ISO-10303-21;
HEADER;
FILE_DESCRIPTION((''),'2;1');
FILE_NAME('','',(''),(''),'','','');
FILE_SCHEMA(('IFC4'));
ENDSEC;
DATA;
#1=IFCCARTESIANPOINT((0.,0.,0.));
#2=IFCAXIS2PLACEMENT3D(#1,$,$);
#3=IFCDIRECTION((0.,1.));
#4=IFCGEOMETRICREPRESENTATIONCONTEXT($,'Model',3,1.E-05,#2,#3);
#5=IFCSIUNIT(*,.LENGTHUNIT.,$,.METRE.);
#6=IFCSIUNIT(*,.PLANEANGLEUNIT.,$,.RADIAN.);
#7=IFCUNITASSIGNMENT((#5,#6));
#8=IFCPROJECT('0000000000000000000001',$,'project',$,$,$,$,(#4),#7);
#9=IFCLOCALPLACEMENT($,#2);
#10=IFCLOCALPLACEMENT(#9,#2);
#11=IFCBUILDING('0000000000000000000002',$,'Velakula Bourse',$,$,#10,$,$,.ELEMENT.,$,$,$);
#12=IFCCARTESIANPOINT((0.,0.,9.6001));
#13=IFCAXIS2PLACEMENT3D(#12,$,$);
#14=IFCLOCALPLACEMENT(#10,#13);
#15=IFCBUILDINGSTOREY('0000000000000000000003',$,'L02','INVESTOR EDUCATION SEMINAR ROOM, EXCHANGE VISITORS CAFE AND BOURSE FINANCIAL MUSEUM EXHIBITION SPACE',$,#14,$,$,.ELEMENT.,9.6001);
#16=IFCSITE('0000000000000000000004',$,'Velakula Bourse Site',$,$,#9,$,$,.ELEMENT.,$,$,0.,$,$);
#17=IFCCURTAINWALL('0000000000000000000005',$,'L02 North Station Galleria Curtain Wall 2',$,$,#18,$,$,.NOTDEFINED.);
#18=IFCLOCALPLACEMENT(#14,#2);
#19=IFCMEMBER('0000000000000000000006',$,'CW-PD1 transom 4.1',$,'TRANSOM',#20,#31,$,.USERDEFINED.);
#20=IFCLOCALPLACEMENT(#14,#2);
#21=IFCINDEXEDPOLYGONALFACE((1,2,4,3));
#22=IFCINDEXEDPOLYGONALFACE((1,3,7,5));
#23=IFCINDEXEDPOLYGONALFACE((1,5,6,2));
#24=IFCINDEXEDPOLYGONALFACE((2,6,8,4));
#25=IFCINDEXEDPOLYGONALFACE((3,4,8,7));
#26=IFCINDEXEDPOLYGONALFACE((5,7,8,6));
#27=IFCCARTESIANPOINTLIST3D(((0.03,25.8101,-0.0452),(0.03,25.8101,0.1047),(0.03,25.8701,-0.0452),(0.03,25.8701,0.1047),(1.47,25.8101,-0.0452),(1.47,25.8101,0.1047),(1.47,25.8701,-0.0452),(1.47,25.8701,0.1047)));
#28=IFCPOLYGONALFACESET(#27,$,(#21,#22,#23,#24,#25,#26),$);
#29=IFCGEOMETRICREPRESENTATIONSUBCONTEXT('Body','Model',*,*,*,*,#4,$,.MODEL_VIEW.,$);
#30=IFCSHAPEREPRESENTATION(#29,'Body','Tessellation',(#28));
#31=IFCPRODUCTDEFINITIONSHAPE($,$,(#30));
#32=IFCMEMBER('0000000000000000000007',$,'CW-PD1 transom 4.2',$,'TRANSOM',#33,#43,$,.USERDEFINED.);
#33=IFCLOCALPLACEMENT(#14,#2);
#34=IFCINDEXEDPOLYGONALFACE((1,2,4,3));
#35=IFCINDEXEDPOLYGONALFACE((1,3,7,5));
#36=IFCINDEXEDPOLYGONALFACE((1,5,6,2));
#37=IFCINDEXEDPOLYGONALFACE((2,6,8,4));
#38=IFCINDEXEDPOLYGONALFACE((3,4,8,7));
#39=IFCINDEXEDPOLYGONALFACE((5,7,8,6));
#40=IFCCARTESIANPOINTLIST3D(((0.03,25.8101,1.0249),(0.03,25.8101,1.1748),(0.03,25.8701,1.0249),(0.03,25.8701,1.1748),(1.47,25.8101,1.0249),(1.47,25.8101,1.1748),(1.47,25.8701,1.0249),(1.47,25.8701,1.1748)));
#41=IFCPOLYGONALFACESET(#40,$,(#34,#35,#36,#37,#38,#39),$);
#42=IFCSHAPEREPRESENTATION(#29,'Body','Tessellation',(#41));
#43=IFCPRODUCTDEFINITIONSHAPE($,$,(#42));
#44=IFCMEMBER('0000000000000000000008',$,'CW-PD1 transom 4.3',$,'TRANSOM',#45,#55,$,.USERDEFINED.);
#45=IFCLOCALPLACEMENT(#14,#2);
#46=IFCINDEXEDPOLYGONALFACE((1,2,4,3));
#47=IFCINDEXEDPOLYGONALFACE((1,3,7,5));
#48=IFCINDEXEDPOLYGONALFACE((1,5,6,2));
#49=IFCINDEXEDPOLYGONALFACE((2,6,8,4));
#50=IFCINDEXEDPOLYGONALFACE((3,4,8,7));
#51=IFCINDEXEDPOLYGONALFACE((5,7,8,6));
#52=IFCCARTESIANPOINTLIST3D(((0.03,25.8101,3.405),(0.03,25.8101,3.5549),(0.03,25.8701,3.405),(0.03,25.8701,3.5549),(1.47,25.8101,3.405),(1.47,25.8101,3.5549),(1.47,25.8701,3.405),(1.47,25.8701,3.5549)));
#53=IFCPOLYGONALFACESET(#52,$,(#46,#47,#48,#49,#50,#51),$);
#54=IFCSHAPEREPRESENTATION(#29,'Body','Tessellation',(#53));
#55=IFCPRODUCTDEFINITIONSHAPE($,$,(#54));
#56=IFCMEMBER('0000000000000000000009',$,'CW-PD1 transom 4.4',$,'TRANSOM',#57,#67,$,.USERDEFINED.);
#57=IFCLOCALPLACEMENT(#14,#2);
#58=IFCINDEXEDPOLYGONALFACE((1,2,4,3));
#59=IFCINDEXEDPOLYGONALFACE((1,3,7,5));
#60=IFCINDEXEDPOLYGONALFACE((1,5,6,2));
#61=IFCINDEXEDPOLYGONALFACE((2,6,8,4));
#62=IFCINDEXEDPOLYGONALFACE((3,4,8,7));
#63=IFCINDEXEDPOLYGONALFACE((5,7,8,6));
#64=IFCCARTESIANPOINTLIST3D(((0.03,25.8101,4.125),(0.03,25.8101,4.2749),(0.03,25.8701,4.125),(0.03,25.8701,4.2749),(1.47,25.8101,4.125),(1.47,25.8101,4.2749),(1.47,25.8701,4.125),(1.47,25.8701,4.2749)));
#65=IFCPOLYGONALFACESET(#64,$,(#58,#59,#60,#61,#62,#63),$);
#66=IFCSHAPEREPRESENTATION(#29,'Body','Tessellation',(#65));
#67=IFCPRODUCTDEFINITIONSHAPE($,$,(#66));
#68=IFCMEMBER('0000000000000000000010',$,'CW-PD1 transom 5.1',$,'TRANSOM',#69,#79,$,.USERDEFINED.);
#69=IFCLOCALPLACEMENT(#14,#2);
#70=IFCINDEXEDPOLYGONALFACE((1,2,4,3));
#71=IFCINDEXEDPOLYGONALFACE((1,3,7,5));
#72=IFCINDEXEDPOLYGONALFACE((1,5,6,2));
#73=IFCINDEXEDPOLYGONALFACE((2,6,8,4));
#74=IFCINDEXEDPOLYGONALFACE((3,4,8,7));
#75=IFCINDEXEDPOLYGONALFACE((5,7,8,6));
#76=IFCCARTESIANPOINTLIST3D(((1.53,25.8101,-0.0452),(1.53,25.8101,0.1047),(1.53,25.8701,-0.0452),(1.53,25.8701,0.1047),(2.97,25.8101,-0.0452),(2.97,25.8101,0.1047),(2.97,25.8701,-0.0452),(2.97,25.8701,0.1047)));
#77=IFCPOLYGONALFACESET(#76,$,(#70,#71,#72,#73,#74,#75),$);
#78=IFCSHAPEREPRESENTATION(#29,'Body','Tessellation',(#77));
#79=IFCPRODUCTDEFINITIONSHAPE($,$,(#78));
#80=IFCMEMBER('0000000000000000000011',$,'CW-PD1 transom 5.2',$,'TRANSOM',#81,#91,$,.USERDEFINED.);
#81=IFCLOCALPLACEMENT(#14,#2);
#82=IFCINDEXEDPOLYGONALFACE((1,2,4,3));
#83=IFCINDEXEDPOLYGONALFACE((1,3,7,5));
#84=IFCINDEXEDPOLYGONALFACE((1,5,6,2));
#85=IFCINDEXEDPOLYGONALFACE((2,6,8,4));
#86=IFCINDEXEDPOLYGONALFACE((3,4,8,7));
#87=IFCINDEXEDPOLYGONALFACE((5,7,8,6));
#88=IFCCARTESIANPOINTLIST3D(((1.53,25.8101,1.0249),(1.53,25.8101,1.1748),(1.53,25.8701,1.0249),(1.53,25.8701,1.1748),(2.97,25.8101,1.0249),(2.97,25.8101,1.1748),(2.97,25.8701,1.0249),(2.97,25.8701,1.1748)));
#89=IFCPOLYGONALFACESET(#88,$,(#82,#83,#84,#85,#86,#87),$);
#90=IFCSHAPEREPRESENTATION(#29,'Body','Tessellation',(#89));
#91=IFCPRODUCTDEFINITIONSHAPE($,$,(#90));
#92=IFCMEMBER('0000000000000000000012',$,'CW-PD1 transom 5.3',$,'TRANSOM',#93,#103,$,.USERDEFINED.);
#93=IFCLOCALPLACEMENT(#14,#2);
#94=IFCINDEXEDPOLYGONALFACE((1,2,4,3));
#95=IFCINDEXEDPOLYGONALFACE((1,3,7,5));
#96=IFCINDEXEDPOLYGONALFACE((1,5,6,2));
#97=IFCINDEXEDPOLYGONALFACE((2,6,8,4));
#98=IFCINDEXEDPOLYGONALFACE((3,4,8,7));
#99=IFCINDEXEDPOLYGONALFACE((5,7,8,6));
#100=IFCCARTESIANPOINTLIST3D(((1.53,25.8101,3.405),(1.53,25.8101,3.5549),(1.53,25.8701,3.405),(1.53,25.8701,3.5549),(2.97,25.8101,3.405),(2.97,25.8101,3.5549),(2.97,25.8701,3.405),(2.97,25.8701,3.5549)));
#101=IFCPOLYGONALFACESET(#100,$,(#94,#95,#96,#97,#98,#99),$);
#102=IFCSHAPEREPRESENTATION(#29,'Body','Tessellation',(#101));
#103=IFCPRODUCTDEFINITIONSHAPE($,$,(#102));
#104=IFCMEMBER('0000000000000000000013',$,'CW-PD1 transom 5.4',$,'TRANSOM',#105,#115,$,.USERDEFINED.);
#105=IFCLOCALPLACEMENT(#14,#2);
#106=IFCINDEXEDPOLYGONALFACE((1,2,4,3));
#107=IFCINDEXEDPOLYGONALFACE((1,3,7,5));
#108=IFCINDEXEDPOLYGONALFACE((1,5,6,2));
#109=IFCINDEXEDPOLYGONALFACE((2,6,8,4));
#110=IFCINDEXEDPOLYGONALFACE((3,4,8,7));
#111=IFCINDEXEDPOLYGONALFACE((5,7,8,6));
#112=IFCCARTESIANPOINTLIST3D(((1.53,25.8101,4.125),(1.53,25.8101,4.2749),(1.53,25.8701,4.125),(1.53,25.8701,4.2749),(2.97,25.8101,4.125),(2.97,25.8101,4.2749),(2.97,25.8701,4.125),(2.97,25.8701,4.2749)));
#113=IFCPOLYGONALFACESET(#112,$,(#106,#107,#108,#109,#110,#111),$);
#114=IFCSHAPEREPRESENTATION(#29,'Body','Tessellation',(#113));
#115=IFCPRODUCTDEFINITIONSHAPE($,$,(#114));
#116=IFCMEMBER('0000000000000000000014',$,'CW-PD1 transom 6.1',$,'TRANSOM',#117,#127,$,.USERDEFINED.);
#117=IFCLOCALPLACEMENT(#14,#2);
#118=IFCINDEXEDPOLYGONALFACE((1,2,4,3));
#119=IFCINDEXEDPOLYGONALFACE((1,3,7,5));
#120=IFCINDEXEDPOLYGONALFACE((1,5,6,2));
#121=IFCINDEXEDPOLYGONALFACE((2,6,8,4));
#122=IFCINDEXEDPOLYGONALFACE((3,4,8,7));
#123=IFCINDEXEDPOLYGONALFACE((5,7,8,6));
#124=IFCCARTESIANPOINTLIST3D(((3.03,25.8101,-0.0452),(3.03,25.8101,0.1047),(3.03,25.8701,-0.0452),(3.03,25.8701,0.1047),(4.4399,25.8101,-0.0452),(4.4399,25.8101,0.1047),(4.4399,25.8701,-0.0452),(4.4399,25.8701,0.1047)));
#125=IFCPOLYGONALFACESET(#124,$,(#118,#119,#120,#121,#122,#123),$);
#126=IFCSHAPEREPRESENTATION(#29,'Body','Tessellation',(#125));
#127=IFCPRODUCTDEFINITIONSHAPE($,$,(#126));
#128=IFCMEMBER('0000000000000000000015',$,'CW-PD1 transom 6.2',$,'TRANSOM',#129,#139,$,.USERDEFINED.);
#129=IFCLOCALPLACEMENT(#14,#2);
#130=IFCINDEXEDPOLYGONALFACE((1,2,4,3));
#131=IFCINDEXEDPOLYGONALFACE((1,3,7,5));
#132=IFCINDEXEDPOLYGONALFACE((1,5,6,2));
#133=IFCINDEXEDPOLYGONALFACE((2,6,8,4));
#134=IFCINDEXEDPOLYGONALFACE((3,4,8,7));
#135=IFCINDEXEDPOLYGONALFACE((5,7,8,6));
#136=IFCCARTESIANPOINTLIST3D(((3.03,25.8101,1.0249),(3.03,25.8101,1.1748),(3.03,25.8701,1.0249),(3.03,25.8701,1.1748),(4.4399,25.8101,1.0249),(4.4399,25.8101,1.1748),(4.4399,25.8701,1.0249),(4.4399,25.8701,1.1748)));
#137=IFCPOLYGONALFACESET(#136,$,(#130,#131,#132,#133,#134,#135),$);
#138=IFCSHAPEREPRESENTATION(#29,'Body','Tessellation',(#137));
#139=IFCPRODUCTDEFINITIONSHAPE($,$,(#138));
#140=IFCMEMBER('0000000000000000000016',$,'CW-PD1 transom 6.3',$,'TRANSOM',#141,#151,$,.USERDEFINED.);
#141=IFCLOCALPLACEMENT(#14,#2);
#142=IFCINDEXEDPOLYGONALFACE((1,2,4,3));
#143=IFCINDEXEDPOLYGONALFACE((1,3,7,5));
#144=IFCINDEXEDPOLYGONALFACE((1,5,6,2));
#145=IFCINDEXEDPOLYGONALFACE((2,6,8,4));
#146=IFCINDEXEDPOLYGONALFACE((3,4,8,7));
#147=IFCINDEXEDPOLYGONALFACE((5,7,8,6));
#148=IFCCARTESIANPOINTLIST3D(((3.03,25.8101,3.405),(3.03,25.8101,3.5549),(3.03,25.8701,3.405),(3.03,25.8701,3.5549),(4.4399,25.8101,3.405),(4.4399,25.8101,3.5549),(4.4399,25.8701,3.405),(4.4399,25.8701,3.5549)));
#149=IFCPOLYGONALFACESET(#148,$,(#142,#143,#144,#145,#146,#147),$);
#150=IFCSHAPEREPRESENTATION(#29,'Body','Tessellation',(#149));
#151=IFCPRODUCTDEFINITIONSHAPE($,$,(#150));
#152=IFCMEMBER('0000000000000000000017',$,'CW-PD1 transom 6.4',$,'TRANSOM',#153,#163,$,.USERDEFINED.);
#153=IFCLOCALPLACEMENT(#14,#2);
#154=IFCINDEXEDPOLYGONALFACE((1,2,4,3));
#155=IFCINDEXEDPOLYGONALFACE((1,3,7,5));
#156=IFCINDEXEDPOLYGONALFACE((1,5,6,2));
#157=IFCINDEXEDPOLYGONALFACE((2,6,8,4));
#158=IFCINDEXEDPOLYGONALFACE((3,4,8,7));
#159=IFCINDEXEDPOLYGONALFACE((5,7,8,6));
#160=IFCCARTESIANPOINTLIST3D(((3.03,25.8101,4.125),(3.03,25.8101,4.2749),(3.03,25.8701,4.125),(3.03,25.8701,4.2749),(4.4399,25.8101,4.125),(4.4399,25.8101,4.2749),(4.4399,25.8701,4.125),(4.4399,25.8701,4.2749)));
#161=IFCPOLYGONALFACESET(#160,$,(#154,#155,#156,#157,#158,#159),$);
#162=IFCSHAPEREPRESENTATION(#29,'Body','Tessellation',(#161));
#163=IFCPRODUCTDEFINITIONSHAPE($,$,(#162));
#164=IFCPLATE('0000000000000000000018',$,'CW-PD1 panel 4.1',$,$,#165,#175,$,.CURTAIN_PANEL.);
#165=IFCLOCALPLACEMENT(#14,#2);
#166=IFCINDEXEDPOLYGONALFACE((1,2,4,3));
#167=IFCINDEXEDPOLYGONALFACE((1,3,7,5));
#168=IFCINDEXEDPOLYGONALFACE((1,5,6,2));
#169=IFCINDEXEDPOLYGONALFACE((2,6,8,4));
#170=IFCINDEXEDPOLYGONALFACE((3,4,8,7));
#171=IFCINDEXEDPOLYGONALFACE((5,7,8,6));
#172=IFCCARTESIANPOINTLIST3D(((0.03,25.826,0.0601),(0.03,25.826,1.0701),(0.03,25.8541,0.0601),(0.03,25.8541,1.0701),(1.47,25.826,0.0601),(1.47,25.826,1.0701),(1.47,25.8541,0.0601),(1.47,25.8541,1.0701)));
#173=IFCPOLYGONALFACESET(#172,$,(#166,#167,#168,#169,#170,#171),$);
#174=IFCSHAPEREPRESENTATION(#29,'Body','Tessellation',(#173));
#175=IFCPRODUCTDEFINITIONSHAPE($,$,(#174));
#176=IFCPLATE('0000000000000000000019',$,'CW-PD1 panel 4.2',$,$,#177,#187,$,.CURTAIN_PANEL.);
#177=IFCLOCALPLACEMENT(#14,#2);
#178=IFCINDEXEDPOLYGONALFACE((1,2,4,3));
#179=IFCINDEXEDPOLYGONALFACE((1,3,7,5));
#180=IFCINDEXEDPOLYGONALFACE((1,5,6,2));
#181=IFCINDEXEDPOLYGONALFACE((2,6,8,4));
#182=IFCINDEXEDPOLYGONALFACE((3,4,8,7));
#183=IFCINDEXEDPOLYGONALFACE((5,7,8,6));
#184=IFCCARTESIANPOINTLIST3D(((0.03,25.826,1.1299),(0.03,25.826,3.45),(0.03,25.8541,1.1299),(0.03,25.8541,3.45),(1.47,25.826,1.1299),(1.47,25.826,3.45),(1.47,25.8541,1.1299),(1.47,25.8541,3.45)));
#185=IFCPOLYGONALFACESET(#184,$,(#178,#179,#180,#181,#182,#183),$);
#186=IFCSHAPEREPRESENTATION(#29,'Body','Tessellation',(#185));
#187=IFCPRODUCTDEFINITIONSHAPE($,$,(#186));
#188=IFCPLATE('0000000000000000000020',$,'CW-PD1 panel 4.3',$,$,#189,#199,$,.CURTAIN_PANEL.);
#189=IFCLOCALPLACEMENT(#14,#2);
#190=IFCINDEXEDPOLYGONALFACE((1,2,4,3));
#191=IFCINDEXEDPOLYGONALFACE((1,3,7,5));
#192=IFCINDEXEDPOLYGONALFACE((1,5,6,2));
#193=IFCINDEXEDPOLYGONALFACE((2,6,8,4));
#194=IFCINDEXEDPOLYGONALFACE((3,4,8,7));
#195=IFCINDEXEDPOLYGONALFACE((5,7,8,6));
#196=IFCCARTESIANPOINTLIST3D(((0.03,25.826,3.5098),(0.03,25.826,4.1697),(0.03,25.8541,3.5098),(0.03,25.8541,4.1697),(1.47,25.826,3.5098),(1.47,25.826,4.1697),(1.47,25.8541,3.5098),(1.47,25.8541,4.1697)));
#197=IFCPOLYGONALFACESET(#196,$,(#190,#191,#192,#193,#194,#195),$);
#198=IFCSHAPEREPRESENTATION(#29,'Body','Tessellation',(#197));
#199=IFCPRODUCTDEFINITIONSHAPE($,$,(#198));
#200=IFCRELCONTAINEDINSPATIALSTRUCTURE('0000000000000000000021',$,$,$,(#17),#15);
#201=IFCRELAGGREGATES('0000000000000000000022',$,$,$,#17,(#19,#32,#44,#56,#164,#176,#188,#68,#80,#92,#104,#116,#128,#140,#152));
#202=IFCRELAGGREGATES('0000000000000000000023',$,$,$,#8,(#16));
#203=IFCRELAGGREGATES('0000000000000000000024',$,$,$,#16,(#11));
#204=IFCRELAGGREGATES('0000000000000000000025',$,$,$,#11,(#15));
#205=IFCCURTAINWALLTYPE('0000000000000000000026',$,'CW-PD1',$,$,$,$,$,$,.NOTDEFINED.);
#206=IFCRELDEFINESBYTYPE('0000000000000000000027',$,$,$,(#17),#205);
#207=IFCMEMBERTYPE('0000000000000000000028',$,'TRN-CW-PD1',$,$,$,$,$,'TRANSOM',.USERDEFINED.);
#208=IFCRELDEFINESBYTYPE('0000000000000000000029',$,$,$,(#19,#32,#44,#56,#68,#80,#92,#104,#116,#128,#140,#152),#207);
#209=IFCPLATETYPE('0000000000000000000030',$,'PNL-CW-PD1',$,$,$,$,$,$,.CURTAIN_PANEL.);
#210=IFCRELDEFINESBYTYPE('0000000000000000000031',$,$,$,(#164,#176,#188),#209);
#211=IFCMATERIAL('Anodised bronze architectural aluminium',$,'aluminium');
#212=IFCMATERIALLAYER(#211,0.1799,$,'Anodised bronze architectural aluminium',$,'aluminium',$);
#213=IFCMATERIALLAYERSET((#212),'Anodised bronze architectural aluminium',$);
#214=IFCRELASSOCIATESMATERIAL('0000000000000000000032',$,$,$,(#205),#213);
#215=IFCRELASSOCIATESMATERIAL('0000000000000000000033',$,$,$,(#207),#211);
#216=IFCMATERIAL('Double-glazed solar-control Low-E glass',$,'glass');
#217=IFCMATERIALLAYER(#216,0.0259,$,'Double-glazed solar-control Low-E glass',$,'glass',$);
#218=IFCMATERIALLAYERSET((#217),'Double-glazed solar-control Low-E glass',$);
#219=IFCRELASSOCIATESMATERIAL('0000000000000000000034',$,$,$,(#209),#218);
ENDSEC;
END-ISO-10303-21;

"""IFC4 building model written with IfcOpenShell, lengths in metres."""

from ifc_helpers import new_model, si_unit, direction, frame, origin, origin_2d, place, context, subcontext, project, spatial, rectangle, extrude, material, layer, layer_set, material_profile, profile_set, type_object, element, aggregate, save


model = new_model("IFC4")

# Units and contexts
model_context = context("Model", 3, precision=1e-05, world=origin(), true_north=direction((0.0, 1.0)))
body_context = subcontext(model_context, "Body", "Model", "MODEL_VIEW")
ifc_project = project(units=[si_unit("LENGTHUNIT", "METRE"), si_unit("PLANEANGLEUNIT", "RADIAN")], contexts=[model_context])

# Site, building, storey
site_placement = place(None, origin())
site = spatial("IfcSite", under=ifc_project, at=site_placement, Name="Velakula Bourse Site", CompositionType="ELEMENT", RefElevation=0.0)
building_placement = place(site_placement, origin())
building = spatial("IfcBuilding", under=site, at=building_placement, Name="Velakula Bourse", CompositionType="ELEMENT")
storey_placement = place(building_placement, frame((0.0, 0.0, 9.6001)))
storey = spatial("IfcBuildingStorey", under=building, at=storey_placement, Name="L02", Description="INVESTOR EDUCATION SEMINAR ROOM, EXCHANGE VISITORS CAFE AND BOURSE FINANCIAL MUSEUM EXHIBITION SPACE", CompositionType="ELEMENT", Elevation=9.6001)

# Curtain wall, members, plates
ifc_material_1 = material(Name="Anodised bronze architectural aluminium", Category="aluminium")
ifc_layer_1 = layer(ifc_material_1, 0.1799, Name="Anodised bronze architectural aluminium", Category="aluminium")
ifc_layer_set_1 = layer_set([ifc_layer_1], Name="Anodised bronze architectural aluminium")
curtain_wall_type = type_object("IfcCurtainWallType", Name="CW-PD1", PredefinedType="NOTDEFINED", material=ifc_layer_set_1)
curtain_wall_placement = place(storey_placement, origin())
curtain_wall = element("IfcCurtainWall", 1, at=curtain_wall_placement, inside=storey, type_object=curtain_wall_type, Name="L02 North Station Galleria Curtain Wall 2", PredefinedType="NOTDEFINED")
ifc_material_profile_1 = material_profile(ifc_material_1, rectangle(XDim=0.0601, YDim=0.1499, at=origin_2d()), Name="Anodised bronze architectural aluminium")
ifc_profile_set_1 = profile_set([ifc_material_profile_1], Name="Anodised bronze architectural aluminium")
member_type_1 = type_object("IfcMemberType", Name="TRN-CW-PD1", ElementType="TRANSOM", PredefinedType="USERDEFINED", material=ifc_profile_set_1)
member_1_placement = place(storey_placement, frame((0.03, 25.8401, 0.0298), z_axis=(1.0, 0.0, 0.0), x_axis=(0.0, 1.0, 0.0)))
member_1 = element("IfcMember", 2, at=member_1_placement, type_object=member_type_1, Name="CW-PD1 transom 4.1", ObjectType="TRANSOM", PredefinedType="USERDEFINED", context=body_context, shape_type="SweptSolid", body=[
    extrude(rectangle(XDim=0.0601, YDim=0.1499, at=origin_2d()), origin(), (0.0, 0.0, 1.0), 1.4399),
])
member_2_placement = place(storey_placement, frame((0.03, 25.8401, 1.0999), z_axis=(1.0, 0.0, 0.0), x_axis=(0.0, 1.0, 0.0)))
member_2 = element("IfcMember", 3, at=member_2_placement, type_object=member_type_1, Name="CW-PD1 transom 4.2", ObjectType="TRANSOM", PredefinedType="USERDEFINED", context=body_context, shape_type="SweptSolid", body=[
    extrude(rectangle(XDim=0.0601, YDim=0.1499, at=origin_2d()), origin(), (0.0, 0.0, 1.0), 1.4399),
])
member_3_placement = place(storey_placement, frame((0.03, 25.8401, 3.48), z_axis=(1.0, 0.0, 0.0), x_axis=(0.0, 1.0, 0.0)))
member_3 = element("IfcMember", 4, at=member_3_placement, type_object=member_type_1, Name="CW-PD1 transom 4.3", ObjectType="TRANSOM", PredefinedType="USERDEFINED", context=body_context, shape_type="SweptSolid", body=[
    extrude(rectangle(XDim=0.0601, YDim=0.1499, at=origin_2d()), origin(), (0.0, 0.0, 1.0), 1.4399),
])
member_4_placement = place(storey_placement, frame((0.03, 25.8401, 4.2), z_axis=(1.0, 0.0, 0.0), x_axis=(0.0, 1.0, 0.0)))
member_4 = element("IfcMember", 5, at=member_4_placement, type_object=member_type_1, Name="CW-PD1 transom 4.4", ObjectType="TRANSOM", PredefinedType="USERDEFINED", context=body_context, shape_type="SweptSolid", body=[
    extrude(rectangle(XDim=0.0601, YDim=0.1499, at=origin_2d()), origin(), (0.0, 0.0, 1.0), 1.4399),
])
member_5_placement = place(storey_placement, frame((1.53, 25.8401, 0.0298), z_axis=(1.0, 0.0, 0.0), x_axis=(0.0, 1.0, 0.0)))
member_5 = element("IfcMember", 6, at=member_5_placement, type_object=member_type_1, Name="CW-PD1 transom 5.1", ObjectType="TRANSOM", PredefinedType="USERDEFINED", context=body_context, shape_type="SweptSolid", body=[
    extrude(rectangle(XDim=0.0601, YDim=0.1499, at=origin_2d()), origin(), (0.0, 0.0, 1.0), 1.4399),
])
member_6_placement = place(storey_placement, frame((1.53, 25.8401, 1.0999), z_axis=(1.0, 0.0, 0.0), x_axis=(0.0, 1.0, 0.0)))
member_6 = element("IfcMember", 7, at=member_6_placement, type_object=member_type_1, Name="CW-PD1 transom 5.2", ObjectType="TRANSOM", PredefinedType="USERDEFINED", context=body_context, shape_type="SweptSolid", body=[
    extrude(rectangle(XDim=0.0601, YDim=0.1499, at=origin_2d()), origin(), (0.0, 0.0, 1.0), 1.4399),
])
member_7_placement = place(storey_placement, frame((1.53, 25.8401, 3.48), z_axis=(1.0, 0.0, 0.0), x_axis=(0.0, 1.0, 0.0)))
member_7 = element("IfcMember", 8, at=member_7_placement, type_object=member_type_1, Name="CW-PD1 transom 5.3", ObjectType="TRANSOM", PredefinedType="USERDEFINED", context=body_context, shape_type="SweptSolid", body=[
    extrude(rectangle(XDim=0.0601, YDim=0.1499, at=origin_2d()), origin(), (0.0, 0.0, 1.0), 1.4399),
])
member_8_placement = place(storey_placement, frame((1.53, 25.8401, 4.2), z_axis=(1.0, 0.0, 0.0), x_axis=(0.0, 1.0, 0.0)))
member_8 = element("IfcMember", 9, at=member_8_placement, type_object=member_type_1, Name="CW-PD1 transom 5.4", ObjectType="TRANSOM", PredefinedType="USERDEFINED", context=body_context, shape_type="SweptSolid", body=[
    extrude(rectangle(XDim=0.0601, YDim=0.1499, at=origin_2d()), origin(), (0.0, 0.0, 1.0), 1.4399),
])
member_9_placement = place(storey_placement, frame((3.03, 25.8401, 0.0298), z_axis=(1.0, 0.0, 0.0), x_axis=(0.0, 1.0, 0.0)))
member_9 = element("IfcMember", 10, at=member_9_placement, type_object=member_type_1, Name="CW-PD1 transom 6.1", ObjectType="TRANSOM", PredefinedType="USERDEFINED", context=body_context, shape_type="SweptSolid", body=[
    extrude(rectangle(XDim=0.0601, YDim=0.1499, at=origin_2d()), origin(), (0.0, 0.0, 1.0), 1.4099),
])
member_10_placement = place(storey_placement, frame((3.03, 25.8401, 1.0999), z_axis=(1.0, 0.0, 0.0), x_axis=(0.0, 1.0, 0.0)))
member_10 = element("IfcMember", 11, at=member_10_placement, type_object=member_type_1, Name="CW-PD1 transom 6.2", ObjectType="TRANSOM", PredefinedType="USERDEFINED", context=body_context, shape_type="SweptSolid", body=[
    extrude(rectangle(XDim=0.0601, YDim=0.1499, at=origin_2d()), origin(), (0.0, 0.0, 1.0), 1.4099),
])
member_11_placement = place(storey_placement, frame((3.03, 25.8401, 3.48), z_axis=(1.0, 0.0, 0.0), x_axis=(0.0, 1.0, 0.0)))
member_11 = element("IfcMember", 12, at=member_11_placement, type_object=member_type_1, Name="CW-PD1 transom 6.3", ObjectType="TRANSOM", PredefinedType="USERDEFINED", context=body_context, shape_type="SweptSolid", body=[
    extrude(rectangle(XDim=0.0601, YDim=0.1499, at=origin_2d()), origin(), (0.0, 0.0, 1.0), 1.4099),
])
member_12_placement = place(storey_placement, frame((3.03, 25.8401, 4.2), z_axis=(1.0, 0.0, 0.0), x_axis=(0.0, 1.0, 0.0)))
member_12 = element("IfcMember", 13, at=member_12_placement, type_object=member_type_1, Name="CW-PD1 transom 6.4", ObjectType="TRANSOM", PredefinedType="USERDEFINED", context=body_context, shape_type="SweptSolid", body=[
    extrude(rectangle(XDim=0.0601, YDim=0.1499, at=origin_2d()), origin(), (0.0, 0.0, 1.0), 1.4099),
])
ifc_material_2 = material(Name="Double-glazed solar-control Low-E glass", Category="glass")
ifc_layer_2 = layer(ifc_material_2, 0.0259, Name="Double-glazed solar-control Low-E glass", Category="glass")
ifc_layer_set_2 = layer_set([ifc_layer_2], Name="Double-glazed solar-control Low-E glass")
plate_type = type_object("IfcPlateType", Name="PNL-CW-PD1", PredefinedType="CURTAIN_PANEL", material=ifc_layer_set_2)
plate_1_placement = place(storey_placement, frame((0.75, 25.8401, 0.0601), z_axis=(0.0, 0.0, 1.0), x_axis=(1.0, 0.0, 0.0)))
plate_1 = element("IfcPlate", 14, at=plate_1_placement, type_object=plate_type, Name="CW-PD1 panel 4.1", PredefinedType="CURTAIN_PANEL", context=body_context, shape_type="SweptSolid", body=[
    extrude(rectangle(XDim=1.4399, YDim=0.0281, at=origin_2d()), origin(), (0.0, 0.0, 1.0), 1.01),
])
plate_2_placement = place(storey_placement, frame((0.75, 25.8401, 1.1299), z_axis=(0.0, 0.0, 1.0), x_axis=(1.0, 0.0, 0.0)))
plate_2 = element("IfcPlate", 15, at=plate_2_placement, type_object=plate_type, Name="CW-PD1 panel 4.2", PredefinedType="CURTAIN_PANEL", context=body_context, shape_type="SweptSolid", body=[
    extrude(rectangle(XDim=1.4399, YDim=0.0281, at=origin_2d()), origin(), (0.0, 0.0, 1.0), 2.3201),
])
plate_3_placement = place(storey_placement, frame((0.75, 25.8401, 3.5098), z_axis=(0.0, 0.0, 1.0), x_axis=(1.0, 0.0, 0.0)))
plate_3 = element("IfcPlate", 16, at=plate_3_placement, type_object=plate_type, Name="CW-PD1 panel 4.3", PredefinedType="CURTAIN_PANEL", context=body_context, shape_type="SweptSolid", body=[
    extrude(rectangle(XDim=1.4399, YDim=0.0281, at=origin_2d()), origin(), (0.0, 0.0, 1.0), 0.6599),
])
aggregate(curtain_wall, [member_1, member_2, member_3, member_4, plate_1, plate_2, plate_3, member_5, member_6, member_7, member_8, member_9, member_10, member_11, member_12])

save(model, "model.ifc")
